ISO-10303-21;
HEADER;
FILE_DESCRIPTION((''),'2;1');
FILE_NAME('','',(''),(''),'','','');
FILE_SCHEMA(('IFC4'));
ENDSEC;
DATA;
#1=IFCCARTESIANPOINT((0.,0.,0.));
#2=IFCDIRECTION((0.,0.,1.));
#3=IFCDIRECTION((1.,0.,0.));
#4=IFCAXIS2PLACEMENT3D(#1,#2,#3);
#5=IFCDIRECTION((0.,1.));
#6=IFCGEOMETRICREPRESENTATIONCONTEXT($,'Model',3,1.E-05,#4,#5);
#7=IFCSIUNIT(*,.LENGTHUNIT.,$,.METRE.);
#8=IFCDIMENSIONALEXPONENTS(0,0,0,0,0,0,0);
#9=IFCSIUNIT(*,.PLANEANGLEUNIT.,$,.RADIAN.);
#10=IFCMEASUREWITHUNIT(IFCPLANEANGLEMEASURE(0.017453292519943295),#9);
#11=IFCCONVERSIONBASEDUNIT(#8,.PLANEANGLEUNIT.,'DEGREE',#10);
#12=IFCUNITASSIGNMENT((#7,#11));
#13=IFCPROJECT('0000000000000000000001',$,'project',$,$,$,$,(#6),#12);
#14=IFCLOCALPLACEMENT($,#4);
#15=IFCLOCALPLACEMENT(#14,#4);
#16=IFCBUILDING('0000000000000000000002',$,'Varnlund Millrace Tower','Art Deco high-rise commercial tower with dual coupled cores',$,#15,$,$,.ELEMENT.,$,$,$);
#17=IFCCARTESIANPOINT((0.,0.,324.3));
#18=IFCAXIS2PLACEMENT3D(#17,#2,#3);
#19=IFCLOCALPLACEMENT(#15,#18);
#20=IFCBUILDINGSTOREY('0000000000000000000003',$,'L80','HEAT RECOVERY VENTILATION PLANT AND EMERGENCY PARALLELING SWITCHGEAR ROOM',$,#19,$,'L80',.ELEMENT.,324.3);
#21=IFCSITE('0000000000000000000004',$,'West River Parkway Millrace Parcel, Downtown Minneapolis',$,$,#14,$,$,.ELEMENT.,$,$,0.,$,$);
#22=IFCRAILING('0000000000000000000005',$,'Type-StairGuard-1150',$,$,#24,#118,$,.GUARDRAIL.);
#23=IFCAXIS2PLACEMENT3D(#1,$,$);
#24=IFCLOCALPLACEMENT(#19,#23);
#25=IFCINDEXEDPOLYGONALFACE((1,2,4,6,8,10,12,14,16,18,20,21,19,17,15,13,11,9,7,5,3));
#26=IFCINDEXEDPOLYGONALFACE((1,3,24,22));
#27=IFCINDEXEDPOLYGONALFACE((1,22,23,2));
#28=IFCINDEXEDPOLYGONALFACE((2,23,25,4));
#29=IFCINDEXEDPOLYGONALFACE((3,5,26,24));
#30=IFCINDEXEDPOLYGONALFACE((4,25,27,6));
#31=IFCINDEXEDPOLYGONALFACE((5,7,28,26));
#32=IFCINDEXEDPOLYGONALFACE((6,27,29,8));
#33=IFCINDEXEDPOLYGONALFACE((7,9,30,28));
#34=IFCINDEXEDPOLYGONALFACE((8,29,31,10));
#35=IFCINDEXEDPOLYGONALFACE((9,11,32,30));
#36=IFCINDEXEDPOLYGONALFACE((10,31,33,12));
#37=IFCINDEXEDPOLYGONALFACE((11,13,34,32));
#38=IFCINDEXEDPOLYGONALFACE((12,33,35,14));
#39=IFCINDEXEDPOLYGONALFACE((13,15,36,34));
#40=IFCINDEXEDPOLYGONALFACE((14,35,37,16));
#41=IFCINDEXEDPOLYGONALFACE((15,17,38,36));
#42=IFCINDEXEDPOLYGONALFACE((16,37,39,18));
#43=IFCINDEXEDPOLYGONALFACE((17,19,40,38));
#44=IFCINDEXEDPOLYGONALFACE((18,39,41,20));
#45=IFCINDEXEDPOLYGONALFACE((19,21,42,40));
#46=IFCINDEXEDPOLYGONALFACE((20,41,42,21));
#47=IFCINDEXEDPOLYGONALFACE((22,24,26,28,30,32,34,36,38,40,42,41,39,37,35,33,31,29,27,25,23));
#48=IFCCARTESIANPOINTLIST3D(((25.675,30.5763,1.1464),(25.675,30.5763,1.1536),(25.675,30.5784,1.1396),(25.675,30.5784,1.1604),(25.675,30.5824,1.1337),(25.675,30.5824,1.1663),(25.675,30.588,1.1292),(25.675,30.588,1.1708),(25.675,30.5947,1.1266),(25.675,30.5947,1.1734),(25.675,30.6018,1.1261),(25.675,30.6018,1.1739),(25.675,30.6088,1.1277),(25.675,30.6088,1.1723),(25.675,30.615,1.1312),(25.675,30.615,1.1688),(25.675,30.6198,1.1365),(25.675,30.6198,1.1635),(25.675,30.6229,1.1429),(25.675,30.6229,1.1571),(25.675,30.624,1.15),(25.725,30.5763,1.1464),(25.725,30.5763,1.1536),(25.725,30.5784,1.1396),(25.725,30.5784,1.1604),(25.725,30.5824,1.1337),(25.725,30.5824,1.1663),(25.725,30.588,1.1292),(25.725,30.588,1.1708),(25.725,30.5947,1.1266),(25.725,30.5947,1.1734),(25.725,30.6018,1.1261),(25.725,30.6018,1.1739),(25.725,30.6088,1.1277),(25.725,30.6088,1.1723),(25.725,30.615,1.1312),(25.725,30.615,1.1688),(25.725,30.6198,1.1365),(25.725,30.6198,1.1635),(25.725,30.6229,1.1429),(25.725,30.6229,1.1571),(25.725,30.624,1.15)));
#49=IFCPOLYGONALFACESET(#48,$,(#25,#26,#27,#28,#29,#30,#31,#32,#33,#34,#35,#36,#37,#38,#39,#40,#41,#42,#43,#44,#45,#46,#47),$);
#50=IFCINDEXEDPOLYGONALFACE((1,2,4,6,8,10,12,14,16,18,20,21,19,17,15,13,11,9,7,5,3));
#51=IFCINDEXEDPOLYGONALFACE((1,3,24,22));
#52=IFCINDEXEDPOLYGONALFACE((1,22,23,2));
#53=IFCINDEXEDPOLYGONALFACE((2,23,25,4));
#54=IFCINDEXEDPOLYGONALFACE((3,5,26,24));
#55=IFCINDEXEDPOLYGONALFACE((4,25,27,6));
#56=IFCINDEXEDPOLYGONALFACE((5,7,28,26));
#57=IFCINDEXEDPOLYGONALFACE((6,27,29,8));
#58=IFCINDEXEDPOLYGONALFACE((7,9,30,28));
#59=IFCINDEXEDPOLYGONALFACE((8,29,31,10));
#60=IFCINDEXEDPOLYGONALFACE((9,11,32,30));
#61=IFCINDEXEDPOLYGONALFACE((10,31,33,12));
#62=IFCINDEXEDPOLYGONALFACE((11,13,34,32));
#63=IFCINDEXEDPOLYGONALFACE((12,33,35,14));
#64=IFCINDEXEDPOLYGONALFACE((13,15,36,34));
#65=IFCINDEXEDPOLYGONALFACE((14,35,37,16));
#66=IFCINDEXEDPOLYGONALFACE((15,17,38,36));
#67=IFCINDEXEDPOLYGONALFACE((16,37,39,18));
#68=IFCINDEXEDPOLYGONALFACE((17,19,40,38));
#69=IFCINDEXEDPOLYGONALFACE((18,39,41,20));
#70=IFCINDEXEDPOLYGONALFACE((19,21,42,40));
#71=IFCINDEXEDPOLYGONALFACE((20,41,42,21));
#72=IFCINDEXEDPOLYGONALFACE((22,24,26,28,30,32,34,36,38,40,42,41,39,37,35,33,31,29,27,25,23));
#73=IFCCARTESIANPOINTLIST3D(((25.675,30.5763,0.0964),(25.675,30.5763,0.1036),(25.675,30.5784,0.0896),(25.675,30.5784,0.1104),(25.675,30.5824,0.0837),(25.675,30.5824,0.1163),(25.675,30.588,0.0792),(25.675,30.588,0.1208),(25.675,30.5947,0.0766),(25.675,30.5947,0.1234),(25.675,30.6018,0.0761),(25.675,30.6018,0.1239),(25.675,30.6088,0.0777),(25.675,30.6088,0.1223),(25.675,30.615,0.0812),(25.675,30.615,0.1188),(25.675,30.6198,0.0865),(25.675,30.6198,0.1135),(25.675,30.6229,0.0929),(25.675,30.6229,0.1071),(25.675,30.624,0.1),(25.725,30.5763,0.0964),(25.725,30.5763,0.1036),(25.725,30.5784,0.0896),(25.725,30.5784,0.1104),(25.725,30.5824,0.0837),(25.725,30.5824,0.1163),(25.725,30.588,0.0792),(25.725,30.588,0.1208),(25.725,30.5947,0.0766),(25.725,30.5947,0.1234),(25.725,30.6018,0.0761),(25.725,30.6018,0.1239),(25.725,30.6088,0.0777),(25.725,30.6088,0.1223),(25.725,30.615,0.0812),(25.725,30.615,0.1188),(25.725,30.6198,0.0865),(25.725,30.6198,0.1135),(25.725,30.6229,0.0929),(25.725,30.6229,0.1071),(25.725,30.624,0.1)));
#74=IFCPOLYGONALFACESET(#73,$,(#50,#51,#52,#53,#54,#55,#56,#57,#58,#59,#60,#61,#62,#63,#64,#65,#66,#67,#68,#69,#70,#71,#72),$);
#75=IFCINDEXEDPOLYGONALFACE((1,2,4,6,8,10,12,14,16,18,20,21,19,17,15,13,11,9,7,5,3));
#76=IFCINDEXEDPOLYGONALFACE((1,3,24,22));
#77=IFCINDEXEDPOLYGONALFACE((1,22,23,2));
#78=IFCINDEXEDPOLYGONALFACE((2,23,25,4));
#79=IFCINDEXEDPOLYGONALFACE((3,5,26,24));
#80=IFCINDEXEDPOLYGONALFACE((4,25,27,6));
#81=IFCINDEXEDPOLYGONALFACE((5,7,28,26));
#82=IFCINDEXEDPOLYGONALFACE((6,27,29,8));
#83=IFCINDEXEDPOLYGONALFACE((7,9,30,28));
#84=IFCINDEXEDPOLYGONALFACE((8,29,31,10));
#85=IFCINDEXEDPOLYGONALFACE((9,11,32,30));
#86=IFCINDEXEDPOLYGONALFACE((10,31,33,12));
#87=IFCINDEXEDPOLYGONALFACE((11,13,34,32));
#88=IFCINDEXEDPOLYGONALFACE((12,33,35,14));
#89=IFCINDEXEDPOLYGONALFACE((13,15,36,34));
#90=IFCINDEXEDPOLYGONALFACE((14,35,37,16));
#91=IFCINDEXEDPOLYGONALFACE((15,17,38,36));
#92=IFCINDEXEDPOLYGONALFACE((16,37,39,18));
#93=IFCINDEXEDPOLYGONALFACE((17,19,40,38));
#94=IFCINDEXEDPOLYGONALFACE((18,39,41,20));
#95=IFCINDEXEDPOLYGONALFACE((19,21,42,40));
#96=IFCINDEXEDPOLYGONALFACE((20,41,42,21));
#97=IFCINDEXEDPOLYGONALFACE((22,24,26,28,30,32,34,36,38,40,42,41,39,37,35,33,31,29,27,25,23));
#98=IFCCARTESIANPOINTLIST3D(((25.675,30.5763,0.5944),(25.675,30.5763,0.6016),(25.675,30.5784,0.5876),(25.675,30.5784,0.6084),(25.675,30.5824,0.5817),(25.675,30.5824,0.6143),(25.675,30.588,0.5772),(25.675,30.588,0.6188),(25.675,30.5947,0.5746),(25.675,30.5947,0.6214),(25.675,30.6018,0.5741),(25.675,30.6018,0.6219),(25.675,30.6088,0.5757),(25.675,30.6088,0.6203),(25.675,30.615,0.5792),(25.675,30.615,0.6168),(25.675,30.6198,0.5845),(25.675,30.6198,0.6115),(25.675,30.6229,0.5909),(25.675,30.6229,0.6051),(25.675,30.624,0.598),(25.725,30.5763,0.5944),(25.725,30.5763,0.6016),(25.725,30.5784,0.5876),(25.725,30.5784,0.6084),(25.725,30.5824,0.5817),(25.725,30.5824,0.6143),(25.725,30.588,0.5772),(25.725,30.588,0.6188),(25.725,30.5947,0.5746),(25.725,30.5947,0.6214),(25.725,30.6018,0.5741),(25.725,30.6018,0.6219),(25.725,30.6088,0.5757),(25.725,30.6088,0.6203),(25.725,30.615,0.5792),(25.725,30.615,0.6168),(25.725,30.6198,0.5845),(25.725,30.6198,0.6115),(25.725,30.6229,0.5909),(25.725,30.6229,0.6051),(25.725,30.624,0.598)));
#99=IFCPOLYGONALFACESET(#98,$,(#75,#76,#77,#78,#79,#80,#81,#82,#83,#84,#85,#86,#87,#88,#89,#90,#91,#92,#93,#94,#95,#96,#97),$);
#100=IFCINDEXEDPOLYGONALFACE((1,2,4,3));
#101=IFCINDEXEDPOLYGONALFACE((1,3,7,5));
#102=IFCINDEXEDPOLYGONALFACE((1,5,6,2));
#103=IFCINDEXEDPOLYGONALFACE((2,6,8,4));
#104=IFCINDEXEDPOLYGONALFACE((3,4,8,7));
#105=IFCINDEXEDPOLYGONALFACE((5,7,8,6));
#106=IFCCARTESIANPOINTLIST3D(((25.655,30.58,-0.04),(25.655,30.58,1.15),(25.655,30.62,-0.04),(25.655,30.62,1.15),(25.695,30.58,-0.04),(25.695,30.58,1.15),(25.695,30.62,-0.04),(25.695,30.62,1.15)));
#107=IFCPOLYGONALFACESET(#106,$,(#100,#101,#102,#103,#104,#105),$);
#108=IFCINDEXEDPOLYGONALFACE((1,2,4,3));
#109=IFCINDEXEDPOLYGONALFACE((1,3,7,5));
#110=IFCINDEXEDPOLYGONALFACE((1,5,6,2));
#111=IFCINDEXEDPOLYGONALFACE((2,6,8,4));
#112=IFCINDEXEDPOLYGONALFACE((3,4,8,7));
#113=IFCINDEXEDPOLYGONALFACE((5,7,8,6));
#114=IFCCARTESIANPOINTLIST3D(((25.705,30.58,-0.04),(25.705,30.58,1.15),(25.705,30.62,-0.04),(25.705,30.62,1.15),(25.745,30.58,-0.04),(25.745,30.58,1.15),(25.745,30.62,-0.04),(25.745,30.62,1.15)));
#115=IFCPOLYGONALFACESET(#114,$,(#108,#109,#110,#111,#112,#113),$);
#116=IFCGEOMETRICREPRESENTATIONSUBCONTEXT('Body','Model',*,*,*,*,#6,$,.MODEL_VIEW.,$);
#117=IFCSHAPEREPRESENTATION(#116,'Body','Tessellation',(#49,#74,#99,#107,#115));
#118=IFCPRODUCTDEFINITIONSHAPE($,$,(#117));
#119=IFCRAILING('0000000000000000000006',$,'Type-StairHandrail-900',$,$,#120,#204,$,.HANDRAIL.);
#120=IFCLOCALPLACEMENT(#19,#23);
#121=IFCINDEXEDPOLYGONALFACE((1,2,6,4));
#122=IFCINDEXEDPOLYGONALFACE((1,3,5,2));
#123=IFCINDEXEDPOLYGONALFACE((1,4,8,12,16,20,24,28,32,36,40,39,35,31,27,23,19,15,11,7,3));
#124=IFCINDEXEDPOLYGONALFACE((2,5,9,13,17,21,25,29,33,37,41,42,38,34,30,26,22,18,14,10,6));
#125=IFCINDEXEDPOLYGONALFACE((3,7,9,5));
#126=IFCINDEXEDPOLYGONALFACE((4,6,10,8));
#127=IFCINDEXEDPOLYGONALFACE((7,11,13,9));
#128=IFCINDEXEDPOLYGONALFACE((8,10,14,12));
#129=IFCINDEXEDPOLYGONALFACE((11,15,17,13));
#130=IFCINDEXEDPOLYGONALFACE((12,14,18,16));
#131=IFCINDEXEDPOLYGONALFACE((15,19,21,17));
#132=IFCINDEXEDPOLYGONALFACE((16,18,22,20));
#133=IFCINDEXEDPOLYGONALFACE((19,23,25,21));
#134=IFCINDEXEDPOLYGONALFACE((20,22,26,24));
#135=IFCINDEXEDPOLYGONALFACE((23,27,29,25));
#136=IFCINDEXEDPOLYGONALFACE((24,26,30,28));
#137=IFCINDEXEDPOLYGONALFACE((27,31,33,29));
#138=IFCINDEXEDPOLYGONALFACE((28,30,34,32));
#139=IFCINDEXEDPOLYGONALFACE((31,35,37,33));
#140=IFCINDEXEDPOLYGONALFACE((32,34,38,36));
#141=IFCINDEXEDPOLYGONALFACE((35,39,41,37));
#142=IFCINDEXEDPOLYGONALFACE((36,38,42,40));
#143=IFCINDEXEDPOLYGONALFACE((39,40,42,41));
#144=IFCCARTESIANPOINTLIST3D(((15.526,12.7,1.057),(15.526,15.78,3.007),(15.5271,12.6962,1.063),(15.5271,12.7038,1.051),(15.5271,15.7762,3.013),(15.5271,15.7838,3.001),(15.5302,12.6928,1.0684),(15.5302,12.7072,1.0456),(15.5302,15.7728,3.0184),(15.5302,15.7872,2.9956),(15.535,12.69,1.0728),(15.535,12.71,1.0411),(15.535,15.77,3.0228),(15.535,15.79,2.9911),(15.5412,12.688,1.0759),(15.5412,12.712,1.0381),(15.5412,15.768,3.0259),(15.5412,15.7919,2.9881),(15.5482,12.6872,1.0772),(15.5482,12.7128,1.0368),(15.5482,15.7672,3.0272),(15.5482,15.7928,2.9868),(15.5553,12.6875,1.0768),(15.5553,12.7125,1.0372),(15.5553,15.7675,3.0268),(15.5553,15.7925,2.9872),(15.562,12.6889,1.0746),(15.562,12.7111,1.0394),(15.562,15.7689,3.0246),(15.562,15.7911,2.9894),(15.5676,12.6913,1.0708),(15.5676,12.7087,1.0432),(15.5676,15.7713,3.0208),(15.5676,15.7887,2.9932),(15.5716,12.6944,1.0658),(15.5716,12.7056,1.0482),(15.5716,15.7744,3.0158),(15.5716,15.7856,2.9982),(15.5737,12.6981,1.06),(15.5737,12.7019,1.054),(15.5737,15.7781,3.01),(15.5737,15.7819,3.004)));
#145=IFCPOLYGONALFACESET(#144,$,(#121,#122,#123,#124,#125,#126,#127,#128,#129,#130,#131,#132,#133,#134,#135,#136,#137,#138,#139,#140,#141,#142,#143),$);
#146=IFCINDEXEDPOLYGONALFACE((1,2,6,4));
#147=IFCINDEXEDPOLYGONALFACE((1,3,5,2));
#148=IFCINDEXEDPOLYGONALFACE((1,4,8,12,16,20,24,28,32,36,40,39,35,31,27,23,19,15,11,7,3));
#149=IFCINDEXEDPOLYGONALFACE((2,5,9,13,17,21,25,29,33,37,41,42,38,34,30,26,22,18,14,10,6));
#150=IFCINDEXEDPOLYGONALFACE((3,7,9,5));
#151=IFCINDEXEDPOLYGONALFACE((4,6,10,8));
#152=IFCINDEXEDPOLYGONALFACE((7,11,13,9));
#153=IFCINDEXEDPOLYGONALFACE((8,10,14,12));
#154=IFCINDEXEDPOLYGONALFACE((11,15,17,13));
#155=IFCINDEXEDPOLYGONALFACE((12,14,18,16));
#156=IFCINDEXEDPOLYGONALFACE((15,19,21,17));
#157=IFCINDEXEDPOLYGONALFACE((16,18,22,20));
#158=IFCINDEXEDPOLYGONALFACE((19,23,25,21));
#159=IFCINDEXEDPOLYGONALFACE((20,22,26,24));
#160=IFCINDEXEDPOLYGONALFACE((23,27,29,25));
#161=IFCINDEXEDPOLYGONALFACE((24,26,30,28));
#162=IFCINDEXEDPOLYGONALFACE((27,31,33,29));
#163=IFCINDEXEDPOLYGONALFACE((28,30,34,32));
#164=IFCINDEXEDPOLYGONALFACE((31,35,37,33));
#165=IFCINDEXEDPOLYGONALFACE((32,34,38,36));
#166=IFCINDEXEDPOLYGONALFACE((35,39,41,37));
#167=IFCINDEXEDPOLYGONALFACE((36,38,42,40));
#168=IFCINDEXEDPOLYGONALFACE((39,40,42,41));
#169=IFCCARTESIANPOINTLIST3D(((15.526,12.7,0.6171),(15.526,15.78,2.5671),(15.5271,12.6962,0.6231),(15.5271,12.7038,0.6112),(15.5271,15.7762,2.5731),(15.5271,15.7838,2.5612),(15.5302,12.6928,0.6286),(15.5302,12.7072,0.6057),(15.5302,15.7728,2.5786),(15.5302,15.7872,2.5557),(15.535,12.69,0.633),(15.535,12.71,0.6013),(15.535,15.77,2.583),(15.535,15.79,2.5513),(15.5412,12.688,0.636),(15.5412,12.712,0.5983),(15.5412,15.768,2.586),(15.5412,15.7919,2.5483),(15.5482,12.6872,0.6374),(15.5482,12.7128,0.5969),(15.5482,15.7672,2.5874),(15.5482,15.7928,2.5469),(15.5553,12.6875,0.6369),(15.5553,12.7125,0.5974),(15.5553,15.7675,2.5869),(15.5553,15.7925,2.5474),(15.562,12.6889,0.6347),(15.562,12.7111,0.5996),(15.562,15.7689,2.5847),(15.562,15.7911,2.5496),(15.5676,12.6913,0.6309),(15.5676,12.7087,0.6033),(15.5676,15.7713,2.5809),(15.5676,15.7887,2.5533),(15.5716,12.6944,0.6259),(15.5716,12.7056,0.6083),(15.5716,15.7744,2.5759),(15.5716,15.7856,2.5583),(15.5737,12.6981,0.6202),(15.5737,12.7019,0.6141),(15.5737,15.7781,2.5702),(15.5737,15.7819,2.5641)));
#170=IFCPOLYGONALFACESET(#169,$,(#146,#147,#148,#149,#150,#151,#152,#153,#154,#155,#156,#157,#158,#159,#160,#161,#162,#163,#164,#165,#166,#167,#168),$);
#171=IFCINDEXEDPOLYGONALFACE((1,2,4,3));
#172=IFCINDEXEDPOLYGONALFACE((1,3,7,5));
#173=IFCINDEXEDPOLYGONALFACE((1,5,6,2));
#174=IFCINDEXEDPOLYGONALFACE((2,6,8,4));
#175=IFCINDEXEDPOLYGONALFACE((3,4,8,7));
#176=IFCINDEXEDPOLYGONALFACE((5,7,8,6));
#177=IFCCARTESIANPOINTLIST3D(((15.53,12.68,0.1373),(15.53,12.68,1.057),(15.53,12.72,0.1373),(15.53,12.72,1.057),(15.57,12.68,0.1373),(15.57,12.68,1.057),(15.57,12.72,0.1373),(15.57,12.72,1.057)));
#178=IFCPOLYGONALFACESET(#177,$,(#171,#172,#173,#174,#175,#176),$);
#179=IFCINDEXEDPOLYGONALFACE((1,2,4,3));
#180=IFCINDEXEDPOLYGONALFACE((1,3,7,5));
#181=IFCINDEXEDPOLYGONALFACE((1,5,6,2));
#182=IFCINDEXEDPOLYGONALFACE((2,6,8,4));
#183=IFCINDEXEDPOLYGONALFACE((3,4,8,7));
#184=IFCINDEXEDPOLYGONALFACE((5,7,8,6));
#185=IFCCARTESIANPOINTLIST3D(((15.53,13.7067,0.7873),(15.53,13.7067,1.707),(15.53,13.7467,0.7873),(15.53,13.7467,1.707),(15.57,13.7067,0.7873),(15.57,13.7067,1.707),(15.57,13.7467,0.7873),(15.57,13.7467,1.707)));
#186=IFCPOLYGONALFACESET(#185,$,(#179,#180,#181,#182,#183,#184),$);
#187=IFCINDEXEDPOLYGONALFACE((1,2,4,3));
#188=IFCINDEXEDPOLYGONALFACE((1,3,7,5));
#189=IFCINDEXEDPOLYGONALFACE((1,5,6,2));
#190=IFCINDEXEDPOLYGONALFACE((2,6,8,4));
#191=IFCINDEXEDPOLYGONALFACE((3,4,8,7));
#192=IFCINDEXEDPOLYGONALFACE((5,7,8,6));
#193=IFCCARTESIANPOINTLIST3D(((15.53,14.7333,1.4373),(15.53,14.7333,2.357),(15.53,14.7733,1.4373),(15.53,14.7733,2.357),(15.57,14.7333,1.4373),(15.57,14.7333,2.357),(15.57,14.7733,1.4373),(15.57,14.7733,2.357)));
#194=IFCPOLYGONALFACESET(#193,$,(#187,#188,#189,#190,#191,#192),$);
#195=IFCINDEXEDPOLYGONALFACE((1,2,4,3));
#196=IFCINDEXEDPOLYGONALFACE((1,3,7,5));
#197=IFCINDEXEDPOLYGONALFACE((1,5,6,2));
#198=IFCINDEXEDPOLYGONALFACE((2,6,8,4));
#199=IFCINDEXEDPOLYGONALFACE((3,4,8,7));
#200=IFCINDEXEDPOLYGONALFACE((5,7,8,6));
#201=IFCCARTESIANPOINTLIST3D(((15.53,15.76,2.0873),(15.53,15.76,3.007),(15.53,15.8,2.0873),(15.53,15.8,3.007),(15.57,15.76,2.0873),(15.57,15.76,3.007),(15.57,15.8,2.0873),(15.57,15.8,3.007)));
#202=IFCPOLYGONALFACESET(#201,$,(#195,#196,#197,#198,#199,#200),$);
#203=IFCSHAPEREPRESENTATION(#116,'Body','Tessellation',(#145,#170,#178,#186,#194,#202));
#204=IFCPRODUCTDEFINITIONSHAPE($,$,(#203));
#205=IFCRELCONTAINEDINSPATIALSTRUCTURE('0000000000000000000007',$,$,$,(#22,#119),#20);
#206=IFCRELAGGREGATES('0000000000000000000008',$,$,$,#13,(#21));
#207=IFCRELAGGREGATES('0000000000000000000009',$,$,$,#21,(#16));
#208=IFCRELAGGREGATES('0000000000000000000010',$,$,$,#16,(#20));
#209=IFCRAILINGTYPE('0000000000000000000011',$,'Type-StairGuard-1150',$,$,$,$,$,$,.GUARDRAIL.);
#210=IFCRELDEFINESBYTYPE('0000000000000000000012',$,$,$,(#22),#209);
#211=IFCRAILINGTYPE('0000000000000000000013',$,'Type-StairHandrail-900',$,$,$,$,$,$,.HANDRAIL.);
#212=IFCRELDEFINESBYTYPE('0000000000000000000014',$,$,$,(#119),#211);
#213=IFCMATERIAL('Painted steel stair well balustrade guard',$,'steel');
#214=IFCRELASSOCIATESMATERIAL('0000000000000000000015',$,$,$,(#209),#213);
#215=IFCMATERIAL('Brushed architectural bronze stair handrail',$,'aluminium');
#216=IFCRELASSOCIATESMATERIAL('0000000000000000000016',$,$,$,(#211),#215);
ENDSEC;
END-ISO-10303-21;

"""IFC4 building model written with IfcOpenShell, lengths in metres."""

from ifc_helpers import new_model, entity, si_unit, converted_unit, direction, frame, origin_with_axes, origin_2d_with_axis, place, context, subcontext, project, spatial, rectangle, circle, extrude, material, type_object, element, save


model = new_model("IFC4")

# Units and contexts
model_context = context("Model", 3, precision=1e-05, world=origin_with_axes(), true_north=direction((0.0, 1.0)))
body_context = subcontext(model_context, "Body", "Model", "MODEL_VIEW")
ifc_project = project(units=[si_unit("LENGTHUNIT", "METRE"), converted_unit("PLANEANGLEUNIT", "DEGREE", entity("IfcPlaneAngleMeasure", 0.017453292519943295), si_unit("PLANEANGLEUNIT", "RADIAN"), dimensions=[0, 0, 0, 0, 0, 0, 0])], contexts=[model_context])

# Site, building, storey
site_placement = place(None, origin_with_axes())
site = spatial("IfcSite", under=ifc_project, at=site_placement, Name="West River Parkway Millrace Parcel, Downtown Minneapolis", CompositionType="ELEMENT", RefElevation=0.0)
building_placement = place(site_placement, origin_with_axes())
building = spatial("IfcBuilding", under=site, at=building_placement, Name="Varnlund Millrace Tower", Description="Art Deco high-rise commercial tower with dual coupled cores", CompositionType="ELEMENT")
storey_placement = place(building_placement, frame((0.0, 0.0, 324.3), z_axis=(0.0, 0.0, 1.0), x_axis=(1.0, 0.0, 0.0)))
storey = spatial("IfcBuildingStorey", under=building, at=storey_placement, Name="L80", Description="HEAT RECOVERY VENTILATION PLANT AND EMERGENCY PARALLELING SWITCHGEAR ROOM", LongName="L80", CompositionType="ELEMENT", Elevation=324.3)

# Railings
ifc_material_1 = material(Name="Painted steel stair well balustrade guard", Category="steel")
railing_type_1 = type_object("IfcRailingType", Name="Type-StairGuard-1150", PredefinedType="GUARDRAIL", material=ifc_material_1)
railing_1_placement = place(storey_placement, frame((0.0, 0.0, -324.3), z_axis=(0.0, 0.0, 1.0), x_axis=(1.0, 0.0, 0.0)))
element("IfcRailing", 1, at=railing_1_placement, inside=storey, type_object=railing_type_1, Name="Type-StairGuard-1150", PredefinedType="GUARDRAIL", context=body_context, shape_type="SweptSolid", body=[
    extrude(circle(Radius=0.024, at=origin_2d_with_axis()), frame((25.675, 30.6, 325.45), z_axis=(1.0, 0.0, 0.0), x_axis=(0.0, 1.0, 0.0)), (0.0, 0.0, 1.0), 0.05),
    extrude(circle(Radius=0.024, at=origin_2d_with_axis()), frame((25.675, 30.6, 324.4), z_axis=(1.0, 0.0, 0.0), x_axis=(0.0, 1.0, 0.0)), (0.0, 0.0, 1.0), 0.05),
    extrude(circle(Radius=0.024, at=origin_2d_with_axis()), frame((25.675, 30.6, 324.898), z_axis=(1.0, 0.0, 0.0), x_axis=(0.0, 1.0, 0.0)), (0.0, 0.0, 1.0), 0.05),
    extrude(rectangle(XDim=0.04, YDim=0.04, at=origin_2d_with_axis()), frame((25.675, 30.6, 324.26), z_axis=(0.0, 0.0, 1.0), x_axis=(1.0, 0.0, 0.0)), (0.0, 0.0, 1.0), 1.19),
    extrude(rectangle(XDim=0.04, YDim=0.04, at=origin_2d_with_axis()), frame((25.725, 30.6, 324.26), z_axis=(0.0, 0.0, 1.0), x_axis=(1.0, 0.0, 0.0)), (0.0, 0.0, 1.0), 1.19),
])
ifc_material_2 = material(Name="Brushed architectural bronze stair handrail", Category="aluminium")
railing_type_2 = type_object("IfcRailingType", Name="Type-StairHandrail-900", PredefinedType="HANDRAIL", material=ifc_material_2)
railing_2_placement = place(storey_placement, frame((0.0, 0.0, -324.3), z_axis=(0.0, 0.0, 1.0), x_axis=(1.0, 0.0, 0.0)))
element("IfcRailing", 2, at=railing_2_placement, inside=storey, type_object=railing_type_2, Name="Type-StairHandrail-900", PredefinedType="HANDRAIL", context=body_context, shape_type="SweptSolid", body=[
    extrude(circle(Radius=0.024, at=origin_2d_with_axis()), frame((15.55, 12.7, 325.357), z_axis=(0.0, 0.844902, 0.534922), x_axis=(-1.0, 0.0, 0.0)), (0.0, 0.0, 1.0), 3.6454),
    extrude(circle(Radius=0.024, at=origin_2d_with_axis()), frame((15.55, 12.7, 324.9171), z_axis=(0.0, 0.844902, 0.534922), x_axis=(-1.0, 0.0, 0.0)), (0.0, 0.0, 1.0), 3.6454),
    extrude(rectangle(XDim=0.04, YDim=0.04, at=origin_2d_with_axis()), frame((15.55, 12.7, 324.4373), z_axis=(0.0, 0.0, 1.0), x_axis=(1.0, 0.0, 0.0)), (0.0, 0.0, 1.0), 0.9197),
    extrude(rectangle(XDim=0.04, YDim=0.04, at=origin_2d_with_axis()), frame((15.55, 13.7267, 325.0873), z_axis=(0.0, 0.0, 1.0), x_axis=(1.0, 0.0, 0.0)), (0.0, 0.0, 1.0), 0.9197),
    extrude(rectangle(XDim=0.04, YDim=0.04, at=origin_2d_with_axis()), frame((15.55, 14.7533, 325.7373), z_axis=(0.0, 0.0, 1.0), x_axis=(1.0, 0.0, 0.0)), (0.0, 0.0, 1.0), 0.9197),
    extrude(rectangle(XDim=0.04, YDim=0.04, at=origin_2d_with_axis()), frame((15.55, 15.78, 326.3873), z_axis=(0.0, 0.0, 1.0), x_axis=(1.0, 0.0, 0.0)), (0.0, 0.0, 1.0), 0.9197),
])

save(model, "model.ifc")
